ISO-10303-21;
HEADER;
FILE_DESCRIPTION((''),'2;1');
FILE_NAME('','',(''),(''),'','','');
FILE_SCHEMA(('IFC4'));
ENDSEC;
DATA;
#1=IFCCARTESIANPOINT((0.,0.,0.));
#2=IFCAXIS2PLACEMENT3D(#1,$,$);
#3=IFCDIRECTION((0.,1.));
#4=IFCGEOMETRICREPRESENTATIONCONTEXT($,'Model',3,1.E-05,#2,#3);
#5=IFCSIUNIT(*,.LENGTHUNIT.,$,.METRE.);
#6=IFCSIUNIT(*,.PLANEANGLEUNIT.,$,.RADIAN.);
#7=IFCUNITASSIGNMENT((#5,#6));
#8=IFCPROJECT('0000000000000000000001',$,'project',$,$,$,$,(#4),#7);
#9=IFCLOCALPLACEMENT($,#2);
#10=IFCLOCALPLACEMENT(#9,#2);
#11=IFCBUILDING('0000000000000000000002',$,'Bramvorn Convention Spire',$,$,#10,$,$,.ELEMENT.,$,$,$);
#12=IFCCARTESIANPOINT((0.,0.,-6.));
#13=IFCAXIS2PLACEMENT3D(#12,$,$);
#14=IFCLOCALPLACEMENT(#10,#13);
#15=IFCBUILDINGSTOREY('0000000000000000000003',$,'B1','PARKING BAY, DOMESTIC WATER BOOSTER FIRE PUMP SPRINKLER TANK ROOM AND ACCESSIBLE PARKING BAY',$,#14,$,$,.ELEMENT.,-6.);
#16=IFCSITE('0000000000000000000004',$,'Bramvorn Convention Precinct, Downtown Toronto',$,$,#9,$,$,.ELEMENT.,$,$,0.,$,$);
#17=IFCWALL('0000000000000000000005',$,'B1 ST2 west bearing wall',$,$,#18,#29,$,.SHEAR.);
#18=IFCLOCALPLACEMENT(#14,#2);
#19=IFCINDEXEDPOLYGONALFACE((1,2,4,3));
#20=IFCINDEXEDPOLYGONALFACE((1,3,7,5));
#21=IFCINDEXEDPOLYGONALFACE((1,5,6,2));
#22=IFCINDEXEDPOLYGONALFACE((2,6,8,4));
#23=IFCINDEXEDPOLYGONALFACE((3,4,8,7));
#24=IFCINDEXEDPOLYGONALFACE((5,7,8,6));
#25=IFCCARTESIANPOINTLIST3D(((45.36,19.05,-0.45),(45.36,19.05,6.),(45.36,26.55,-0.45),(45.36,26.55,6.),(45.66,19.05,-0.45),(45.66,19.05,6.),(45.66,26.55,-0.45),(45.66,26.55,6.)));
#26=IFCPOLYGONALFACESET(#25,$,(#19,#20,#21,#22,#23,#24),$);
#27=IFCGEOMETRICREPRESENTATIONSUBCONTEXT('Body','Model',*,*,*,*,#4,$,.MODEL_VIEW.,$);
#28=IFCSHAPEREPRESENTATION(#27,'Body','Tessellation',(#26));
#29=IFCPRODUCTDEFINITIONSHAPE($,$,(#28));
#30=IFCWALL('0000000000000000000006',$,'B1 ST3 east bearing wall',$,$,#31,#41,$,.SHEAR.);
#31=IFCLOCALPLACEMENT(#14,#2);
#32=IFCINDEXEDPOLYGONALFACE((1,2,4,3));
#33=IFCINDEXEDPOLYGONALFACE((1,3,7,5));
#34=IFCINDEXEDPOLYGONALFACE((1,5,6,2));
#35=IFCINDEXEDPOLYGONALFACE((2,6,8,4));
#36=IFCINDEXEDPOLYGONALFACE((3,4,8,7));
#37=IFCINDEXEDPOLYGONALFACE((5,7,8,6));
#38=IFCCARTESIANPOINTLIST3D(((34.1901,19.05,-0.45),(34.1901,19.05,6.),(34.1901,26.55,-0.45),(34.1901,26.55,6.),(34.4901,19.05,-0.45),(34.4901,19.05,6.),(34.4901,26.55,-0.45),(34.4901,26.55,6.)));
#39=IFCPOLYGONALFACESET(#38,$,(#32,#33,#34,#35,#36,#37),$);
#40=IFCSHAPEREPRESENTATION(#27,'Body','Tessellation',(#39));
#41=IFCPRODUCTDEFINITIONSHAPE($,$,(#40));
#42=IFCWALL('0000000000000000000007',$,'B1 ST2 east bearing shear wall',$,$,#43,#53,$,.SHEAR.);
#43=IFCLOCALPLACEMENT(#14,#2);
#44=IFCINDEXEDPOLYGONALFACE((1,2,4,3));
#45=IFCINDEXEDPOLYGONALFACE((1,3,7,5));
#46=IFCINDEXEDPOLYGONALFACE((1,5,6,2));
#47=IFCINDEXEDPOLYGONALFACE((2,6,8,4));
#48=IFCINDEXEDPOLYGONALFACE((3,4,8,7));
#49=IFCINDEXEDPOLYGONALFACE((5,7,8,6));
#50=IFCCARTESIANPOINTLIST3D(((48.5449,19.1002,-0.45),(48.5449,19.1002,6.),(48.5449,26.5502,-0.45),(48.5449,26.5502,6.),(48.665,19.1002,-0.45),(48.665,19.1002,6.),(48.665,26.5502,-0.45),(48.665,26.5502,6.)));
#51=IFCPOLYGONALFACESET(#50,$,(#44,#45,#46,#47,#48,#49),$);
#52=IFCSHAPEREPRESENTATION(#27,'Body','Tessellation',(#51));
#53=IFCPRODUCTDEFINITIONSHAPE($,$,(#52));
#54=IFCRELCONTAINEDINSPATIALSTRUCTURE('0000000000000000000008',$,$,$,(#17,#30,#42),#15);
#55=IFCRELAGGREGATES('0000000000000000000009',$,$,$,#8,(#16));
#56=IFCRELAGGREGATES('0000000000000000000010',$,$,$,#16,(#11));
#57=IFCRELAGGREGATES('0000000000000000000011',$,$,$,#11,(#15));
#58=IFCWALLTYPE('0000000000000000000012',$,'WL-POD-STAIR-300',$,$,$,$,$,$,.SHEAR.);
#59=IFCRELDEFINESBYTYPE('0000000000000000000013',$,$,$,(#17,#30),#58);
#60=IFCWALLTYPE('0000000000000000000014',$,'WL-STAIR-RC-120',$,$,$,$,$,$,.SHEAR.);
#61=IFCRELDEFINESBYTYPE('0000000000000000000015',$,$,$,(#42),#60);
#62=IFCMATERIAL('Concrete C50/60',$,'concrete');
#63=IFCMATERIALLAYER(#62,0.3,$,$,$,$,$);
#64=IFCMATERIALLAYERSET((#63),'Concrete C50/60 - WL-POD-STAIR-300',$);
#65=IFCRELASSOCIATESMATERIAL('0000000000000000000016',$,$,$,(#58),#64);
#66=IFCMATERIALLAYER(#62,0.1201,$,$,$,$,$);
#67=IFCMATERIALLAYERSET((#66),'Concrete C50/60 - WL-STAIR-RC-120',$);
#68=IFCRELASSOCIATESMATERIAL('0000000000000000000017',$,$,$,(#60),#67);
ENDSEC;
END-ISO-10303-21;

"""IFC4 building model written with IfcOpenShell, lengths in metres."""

from ifc_helpers import new_model, si_unit, direction, frame, frame_2d, origin, place, context, subcontext, project, spatial, rectangle, extrude, material, layer, layer_set, type_object, element, save


model = new_model("IFC4")

# Units and contexts
model_context = context("Model", 3, precision=1e-05, world=origin(), true_north=direction((0.0, 1.0)))
body_context = subcontext(model_context, "Body", "Model", "MODEL_VIEW")
ifc_project = project(units=[si_unit("LENGTHUNIT", "METRE"), si_unit("PLANEANGLEUNIT", "RADIAN")], contexts=[model_context])

# Site, building, storey
site_placement = place(None, origin())
site = spatial("IfcSite", under=ifc_project, at=site_placement, Name="Bramvorn Convention Precinct, Downtown Toronto", CompositionType="ELEMENT", RefElevation=0.0)
building_placement = place(site_placement, origin())
building = spatial("IfcBuilding", under=site, at=building_placement, Name="Bramvorn Convention Spire", CompositionType="ELEMENT")
storey_placement = place(building_placement, frame((0.0, 0.0, -6.0)))
storey = spatial("IfcBuildingStorey", under=building, at=storey_placement, Name="B1", Description="PARKING BAY, DOMESTIC WATER BOOSTER FIRE PUMP SPRINKLER TANK ROOM AND ACCESSIBLE PARKING BAY", CompositionType="ELEMENT", Elevation=-6.0)

# Walls
ifc_material_1 = material(Name="Concrete C50/60", Category="concrete")
ifc_layer_1 = layer(ifc_material_1, 0.3)
ifc_layer_set_1 = layer_set([ifc_layer_1], Name="Concrete C50/60 - WL-POD-STAIR-300")
wall_type_1 = type_object("IfcWallType", Name="WL-POD-STAIR-300", PredefinedType="SHEAR", material=ifc_layer_set_1)
for number, where, z_axis, x_axis, name in (
    (1, (45.51, 19.05, -0.45), (0.0, 0.0, 1.0), (0.0, 1.0, 0.0), "B1 ST2 west bearing wall"),
    (2, (34.3401, 19.05, -0.45), (0.0, 0.0, 1.0), (0.0, 1.0, 0.0), "B1 ST3 east bearing wall"),
):
    element("IfcWall", number, at=place(storey_placement, frame(where, z_axis=z_axis, x_axis=x_axis)), inside=storey, type_object=wall_type_1, Name=name, PredefinedType="SHEAR", context=body_context, shape_type="SweptSolid", body=[
        extrude(rectangle(XDim=7.5, YDim=0.3, at=frame_2d((3.75, 0.0))), origin(), (0.0, 0.0, 1.0), 6.45),
    ])
ifc_layer_2 = layer(ifc_material_1, 0.1201)
ifc_layer_set_2 = layer_set([ifc_layer_2], Name="Concrete C50/60 - WL-STAIR-RC-120")
wall_type_2 = type_object("IfcWallType", Name="WL-STAIR-RC-120", PredefinedType="SHEAR", material=ifc_layer_set_2)
wall_1_placement = place(storey_placement, frame((48.605, 19.1001, -0.45), z_axis=(0.0, 0.0, 1.0), x_axis=(0.0, 1.0, 0.0)))
element("IfcWall", 3, at=wall_1_placement, inside=storey, type_object=wall_type_2, Name="B1 ST2 east bearing shear wall", PredefinedType="SHEAR", context=body_context, shape_type="SweptSolid", body=[
    extrude(rectangle(XDim=7.45, YDim=0.1201, at=frame_2d((3.7251, 0.0))), origin(), (0.0, 0.0, 1.0), 6.45),
])

save(model, "model.ifc")
